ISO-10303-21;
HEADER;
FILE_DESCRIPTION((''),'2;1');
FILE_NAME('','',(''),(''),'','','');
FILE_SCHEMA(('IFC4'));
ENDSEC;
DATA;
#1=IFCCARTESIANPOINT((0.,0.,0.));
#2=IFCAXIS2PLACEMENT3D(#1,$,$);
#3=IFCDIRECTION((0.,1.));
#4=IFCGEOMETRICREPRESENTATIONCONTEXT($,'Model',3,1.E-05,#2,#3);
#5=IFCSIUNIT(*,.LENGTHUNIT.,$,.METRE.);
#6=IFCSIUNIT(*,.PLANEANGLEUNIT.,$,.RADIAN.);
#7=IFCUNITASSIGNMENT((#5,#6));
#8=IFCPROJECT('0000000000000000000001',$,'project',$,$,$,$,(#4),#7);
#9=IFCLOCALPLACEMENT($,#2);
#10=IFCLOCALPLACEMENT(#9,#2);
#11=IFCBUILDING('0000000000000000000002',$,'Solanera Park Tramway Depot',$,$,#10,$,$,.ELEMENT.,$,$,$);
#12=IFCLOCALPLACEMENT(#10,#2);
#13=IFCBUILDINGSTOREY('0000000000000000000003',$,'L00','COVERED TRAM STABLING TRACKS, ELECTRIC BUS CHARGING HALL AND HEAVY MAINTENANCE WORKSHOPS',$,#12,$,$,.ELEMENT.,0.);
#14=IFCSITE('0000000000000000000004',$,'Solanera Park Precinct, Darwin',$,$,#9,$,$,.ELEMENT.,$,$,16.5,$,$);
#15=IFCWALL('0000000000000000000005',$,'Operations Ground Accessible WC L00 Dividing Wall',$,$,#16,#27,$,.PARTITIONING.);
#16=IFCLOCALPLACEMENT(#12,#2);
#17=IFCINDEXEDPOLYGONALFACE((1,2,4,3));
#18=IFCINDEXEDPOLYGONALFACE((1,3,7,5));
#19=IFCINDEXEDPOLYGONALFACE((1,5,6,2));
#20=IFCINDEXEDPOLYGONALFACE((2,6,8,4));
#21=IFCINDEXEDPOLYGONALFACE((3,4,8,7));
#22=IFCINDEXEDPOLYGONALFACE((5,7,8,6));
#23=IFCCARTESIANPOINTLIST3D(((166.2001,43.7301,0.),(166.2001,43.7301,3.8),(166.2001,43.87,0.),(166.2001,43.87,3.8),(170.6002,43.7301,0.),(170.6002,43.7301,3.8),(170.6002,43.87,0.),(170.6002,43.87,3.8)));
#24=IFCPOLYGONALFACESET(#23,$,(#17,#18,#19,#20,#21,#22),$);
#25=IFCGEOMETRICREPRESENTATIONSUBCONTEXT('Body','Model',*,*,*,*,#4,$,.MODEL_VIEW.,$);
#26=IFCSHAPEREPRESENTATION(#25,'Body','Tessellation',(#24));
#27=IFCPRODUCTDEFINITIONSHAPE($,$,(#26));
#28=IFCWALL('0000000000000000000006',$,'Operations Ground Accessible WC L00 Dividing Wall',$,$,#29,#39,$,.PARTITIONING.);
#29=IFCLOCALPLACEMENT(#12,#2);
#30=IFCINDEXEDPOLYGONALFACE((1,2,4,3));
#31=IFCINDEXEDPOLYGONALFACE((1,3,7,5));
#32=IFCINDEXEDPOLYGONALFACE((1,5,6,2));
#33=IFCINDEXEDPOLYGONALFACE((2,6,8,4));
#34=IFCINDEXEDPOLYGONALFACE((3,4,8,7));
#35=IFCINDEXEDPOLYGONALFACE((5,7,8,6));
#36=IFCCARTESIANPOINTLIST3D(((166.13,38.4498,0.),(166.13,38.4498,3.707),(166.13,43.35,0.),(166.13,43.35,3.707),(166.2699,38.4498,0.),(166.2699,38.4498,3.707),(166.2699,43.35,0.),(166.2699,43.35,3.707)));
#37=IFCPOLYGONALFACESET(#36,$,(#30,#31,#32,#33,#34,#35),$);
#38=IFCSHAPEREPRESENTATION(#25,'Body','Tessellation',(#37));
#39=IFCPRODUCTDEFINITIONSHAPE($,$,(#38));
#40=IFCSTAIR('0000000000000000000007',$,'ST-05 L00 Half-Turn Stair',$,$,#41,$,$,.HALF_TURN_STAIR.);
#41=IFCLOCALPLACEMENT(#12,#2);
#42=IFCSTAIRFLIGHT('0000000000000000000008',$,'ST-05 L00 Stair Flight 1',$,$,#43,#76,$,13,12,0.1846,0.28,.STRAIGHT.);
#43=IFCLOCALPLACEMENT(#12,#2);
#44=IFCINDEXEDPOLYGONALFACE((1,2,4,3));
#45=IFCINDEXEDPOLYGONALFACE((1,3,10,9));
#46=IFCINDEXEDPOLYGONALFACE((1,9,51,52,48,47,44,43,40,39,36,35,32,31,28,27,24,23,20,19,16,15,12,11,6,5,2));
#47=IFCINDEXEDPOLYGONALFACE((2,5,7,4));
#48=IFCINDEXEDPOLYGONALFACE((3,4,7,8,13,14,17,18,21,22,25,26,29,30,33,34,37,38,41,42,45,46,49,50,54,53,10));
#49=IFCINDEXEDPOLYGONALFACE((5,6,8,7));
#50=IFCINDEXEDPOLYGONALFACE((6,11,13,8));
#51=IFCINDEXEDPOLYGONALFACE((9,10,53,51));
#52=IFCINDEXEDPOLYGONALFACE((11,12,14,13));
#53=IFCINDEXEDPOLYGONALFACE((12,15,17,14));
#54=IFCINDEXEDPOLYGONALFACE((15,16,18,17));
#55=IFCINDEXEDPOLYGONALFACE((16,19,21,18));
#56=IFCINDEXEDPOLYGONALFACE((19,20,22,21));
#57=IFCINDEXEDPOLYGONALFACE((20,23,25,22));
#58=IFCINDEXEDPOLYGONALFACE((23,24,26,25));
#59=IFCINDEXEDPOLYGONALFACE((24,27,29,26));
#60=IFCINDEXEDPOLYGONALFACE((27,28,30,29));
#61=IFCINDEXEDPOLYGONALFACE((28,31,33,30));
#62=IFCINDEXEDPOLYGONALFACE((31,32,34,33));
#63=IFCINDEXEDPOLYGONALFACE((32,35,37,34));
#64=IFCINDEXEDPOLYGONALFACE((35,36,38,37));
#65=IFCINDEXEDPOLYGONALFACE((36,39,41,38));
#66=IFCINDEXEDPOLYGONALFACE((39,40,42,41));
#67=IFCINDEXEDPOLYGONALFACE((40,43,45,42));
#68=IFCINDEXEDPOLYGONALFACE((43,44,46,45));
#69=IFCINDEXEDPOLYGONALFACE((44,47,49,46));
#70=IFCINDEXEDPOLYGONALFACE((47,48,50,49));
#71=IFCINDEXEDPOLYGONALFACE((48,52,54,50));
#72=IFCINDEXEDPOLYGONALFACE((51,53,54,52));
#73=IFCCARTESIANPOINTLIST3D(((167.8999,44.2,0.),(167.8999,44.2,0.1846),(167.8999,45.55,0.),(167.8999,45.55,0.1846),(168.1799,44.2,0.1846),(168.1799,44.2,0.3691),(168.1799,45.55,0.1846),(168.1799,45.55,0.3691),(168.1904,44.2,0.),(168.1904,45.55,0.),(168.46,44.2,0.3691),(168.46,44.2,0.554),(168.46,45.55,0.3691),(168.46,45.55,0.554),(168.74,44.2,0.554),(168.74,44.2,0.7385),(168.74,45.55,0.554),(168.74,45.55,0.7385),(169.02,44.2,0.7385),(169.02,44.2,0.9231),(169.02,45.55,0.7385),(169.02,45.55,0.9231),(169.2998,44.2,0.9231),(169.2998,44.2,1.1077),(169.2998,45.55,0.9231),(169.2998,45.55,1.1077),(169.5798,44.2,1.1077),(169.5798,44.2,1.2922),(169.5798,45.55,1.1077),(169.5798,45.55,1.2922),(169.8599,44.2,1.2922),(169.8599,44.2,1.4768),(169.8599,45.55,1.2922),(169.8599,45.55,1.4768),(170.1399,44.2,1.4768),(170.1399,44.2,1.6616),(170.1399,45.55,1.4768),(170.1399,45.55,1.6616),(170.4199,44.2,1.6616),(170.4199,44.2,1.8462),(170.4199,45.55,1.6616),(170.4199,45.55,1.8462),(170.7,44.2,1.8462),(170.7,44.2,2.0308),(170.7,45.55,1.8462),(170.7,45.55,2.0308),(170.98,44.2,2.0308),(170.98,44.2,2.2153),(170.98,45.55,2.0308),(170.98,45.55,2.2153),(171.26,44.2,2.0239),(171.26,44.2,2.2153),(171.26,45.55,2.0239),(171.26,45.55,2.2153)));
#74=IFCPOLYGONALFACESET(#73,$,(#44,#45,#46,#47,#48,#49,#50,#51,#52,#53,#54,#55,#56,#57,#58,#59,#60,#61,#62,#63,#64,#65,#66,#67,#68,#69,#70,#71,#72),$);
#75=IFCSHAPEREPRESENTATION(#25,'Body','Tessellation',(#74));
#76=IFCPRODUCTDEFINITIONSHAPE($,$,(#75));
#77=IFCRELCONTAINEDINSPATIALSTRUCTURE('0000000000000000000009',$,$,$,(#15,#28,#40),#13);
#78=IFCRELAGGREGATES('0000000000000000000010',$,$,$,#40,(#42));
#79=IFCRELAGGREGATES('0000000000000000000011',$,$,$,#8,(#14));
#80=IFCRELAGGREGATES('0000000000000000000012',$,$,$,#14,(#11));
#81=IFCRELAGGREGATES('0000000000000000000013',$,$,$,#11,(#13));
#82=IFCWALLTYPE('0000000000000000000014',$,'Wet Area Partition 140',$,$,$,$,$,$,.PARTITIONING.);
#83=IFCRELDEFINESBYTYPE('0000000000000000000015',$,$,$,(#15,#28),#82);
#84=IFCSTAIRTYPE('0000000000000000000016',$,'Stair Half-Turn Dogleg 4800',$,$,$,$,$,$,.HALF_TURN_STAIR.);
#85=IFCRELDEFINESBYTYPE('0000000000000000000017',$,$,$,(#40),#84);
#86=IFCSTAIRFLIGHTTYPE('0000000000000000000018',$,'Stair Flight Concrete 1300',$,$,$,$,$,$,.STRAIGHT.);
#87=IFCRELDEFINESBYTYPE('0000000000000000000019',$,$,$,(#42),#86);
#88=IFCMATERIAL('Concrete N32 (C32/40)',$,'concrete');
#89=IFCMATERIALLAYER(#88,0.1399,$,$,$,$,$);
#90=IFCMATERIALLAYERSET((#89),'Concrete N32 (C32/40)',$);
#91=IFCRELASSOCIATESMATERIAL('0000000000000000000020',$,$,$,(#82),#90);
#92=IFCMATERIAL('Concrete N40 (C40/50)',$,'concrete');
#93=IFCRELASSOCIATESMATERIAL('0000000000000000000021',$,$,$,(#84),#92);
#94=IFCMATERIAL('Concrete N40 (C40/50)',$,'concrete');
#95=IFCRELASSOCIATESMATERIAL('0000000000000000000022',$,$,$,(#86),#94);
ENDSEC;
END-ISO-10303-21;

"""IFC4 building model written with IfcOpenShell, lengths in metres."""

from ifc_helpers import new_model, si_unit, direction, frame, frame_2d, origin, place, context, subcontext, project, spatial, polyline, rectangle, outline, extrude, material, layer, layer_set, type_object, element, aggregate, save


model = new_model("IFC4")

# Units and contexts
model_context = context("Model", 3, precision=1e-05, world=origin(), true_north=direction((0.0, 1.0)))
body_context = subcontext(model_context, "Body", "Model", "MODEL_VIEW")
ifc_project = project(units=[si_unit("LENGTHUNIT", "METRE"), si_unit("PLANEANGLEUNIT", "RADIAN")], contexts=[model_context])

# Site, building, storey
site_placement = place(None, origin())
site = spatial("IfcSite", under=ifc_project, at=site_placement, Name="Solanera Park Precinct, Darwin", CompositionType="ELEMENT", RefElevation=16.5)
building_placement = place(site_placement, origin())
building = spatial("IfcBuilding", under=site, at=building_placement, Name="Solanera Park Tramway Depot", CompositionType="ELEMENT")
storey_placement = place(building_placement, origin())
storey = spatial("IfcBuildingStorey", under=building, at=storey_placement, Name="L00", Description="COVERED TRAM STABLING TRACKS, ELECTRIC BUS CHARGING HALL AND HEAVY MAINTENANCE WORKSHOPS", CompositionType="ELEMENT", Elevation=0.0)

# Walls
ifc_material_1 = material(Name="Concrete N32 (C32/40)", Category="concrete")
ifc_layer_1 = layer(ifc_material_1, 0.1399)
ifc_layer_set_1 = layer_set([ifc_layer_1], Name="Concrete N32 (C32/40)")
wall_type_1 = type_object("IfcWallType", Name="Wet Area Partition 140", PredefinedType="PARTITIONING", material=ifc_layer_set_1)
wall_1_placement = place(storey_placement, frame((166.2, 43.8, 0.0), z_axis=(0.0, 0.0, 1.0), x_axis=(1.0, 0.0, 0.0)))
element("IfcWall", 1, at=wall_1_placement, inside=storey, type_object=wall_type_1, Name="Operations Ground Accessible WC L00 Dividing Wall", PredefinedType="PARTITIONING", context=body_context, shape_type="SweptSolid", body=[
    extrude(rectangle(XDim=4.4001, YDim=0.1399, at=frame_2d((2.2002, 0.0))), origin(), (0.0, 0.0, 1.0), 3.8),
])
wall_2_placement = place(storey_placement, frame((166.2, 43.3501, 0.0), z_axis=(0.0, 0.0, 1.0), x_axis=(0.0, -1.0, 0.0)))
element("IfcWall", 2, at=wall_2_placement, inside=storey, type_object=wall_type_1, Name="Operations Ground Accessible WC L00 Dividing Wall", PredefinedType="PARTITIONING", context=body_context, shape_type="SweptSolid", body=[
    extrude(rectangle(XDim=4.9001, YDim=0.1399, at=frame_2d((2.4502, 0.0))), origin(), (0.0, 0.0, 1.0), 3.707),
])

# Stair, stair flight
ifc_material_2 = material(Name="Concrete N40 (C40/50)", Category="concrete")
stair_type = type_object("IfcStairType", Name="Stair Half-Turn Dogleg 4800", PredefinedType="HALF_TURN_STAIR", material=ifc_material_2)
stair_placement = place(storey_placement, origin())
stair = element("IfcStair", 3, at=stair_placement, inside=storey, type_object=stair_type, Name="ST-05 L00 Half-Turn Stair", PredefinedType="HALF_TURN_STAIR")
ifc_material_3 = material(Name="Concrete N40 (C40/50)", Category="concrete")
stair_flight_type = type_object("IfcStairFlightType", Name="Stair Flight Concrete 1300", PredefinedType="STRAIGHT", material=ifc_material_3)
stair_flight_placement = place(storey_placement, frame((167.8999, 44.875, 0.0), z_axis=(0.0, 0.0, 1.0), x_axis=(1.0, 0.0, 0.0)))
stair_flight = element("IfcStairFlight", 4, at=stair_flight_placement, type_object=stair_flight_type, Name="ST-05 L00 Stair Flight 1", NumberOfRisers=13, NumberOfTreads=12, PredefinedType="STRAIGHT", RiserHeight=0.1846, TreadLength=0.28, context=body_context, shape_type="SweptSolid", body=[
    extrude(outline(polyline([(0.0, 0.0), (0.0, 0.1846), (0.28, 0.1846), (0.28, 0.3691), (0.5601, 0.3691), (0.5601, 0.554), (0.8401, 0.554), (0.8401, 0.7385), (1.1201, 0.7385), (1.1201, 0.9231), (1.3999, 0.9231), (1.3999, 1.1077), (1.6799, 1.1077), (1.6799, 1.2922), (1.96, 1.2922), (1.96, 1.4768), (2.24, 1.4768), (2.24, 1.6616), (2.52, 1.6616), (2.52, 1.8462), (2.8, 1.8462), (2.8, 2.0308), (3.0801, 2.0308), (3.0801, 2.2153), (3.3601, 2.2153), (3.3601, 2.3999), (3.3601, 2.0239), (0.2905, 0.0), (0.0, 0.0)])), frame((0.0, 0.675, 0.0), z_axis=(0.0, -1.0, 0.0), x_axis=(1.0, 0.0, 0.0)), (0.0, 0.0, 1.0), 1.3501),
])
aggregate(stair, [stair_flight])

save(model, "model.ifc")
